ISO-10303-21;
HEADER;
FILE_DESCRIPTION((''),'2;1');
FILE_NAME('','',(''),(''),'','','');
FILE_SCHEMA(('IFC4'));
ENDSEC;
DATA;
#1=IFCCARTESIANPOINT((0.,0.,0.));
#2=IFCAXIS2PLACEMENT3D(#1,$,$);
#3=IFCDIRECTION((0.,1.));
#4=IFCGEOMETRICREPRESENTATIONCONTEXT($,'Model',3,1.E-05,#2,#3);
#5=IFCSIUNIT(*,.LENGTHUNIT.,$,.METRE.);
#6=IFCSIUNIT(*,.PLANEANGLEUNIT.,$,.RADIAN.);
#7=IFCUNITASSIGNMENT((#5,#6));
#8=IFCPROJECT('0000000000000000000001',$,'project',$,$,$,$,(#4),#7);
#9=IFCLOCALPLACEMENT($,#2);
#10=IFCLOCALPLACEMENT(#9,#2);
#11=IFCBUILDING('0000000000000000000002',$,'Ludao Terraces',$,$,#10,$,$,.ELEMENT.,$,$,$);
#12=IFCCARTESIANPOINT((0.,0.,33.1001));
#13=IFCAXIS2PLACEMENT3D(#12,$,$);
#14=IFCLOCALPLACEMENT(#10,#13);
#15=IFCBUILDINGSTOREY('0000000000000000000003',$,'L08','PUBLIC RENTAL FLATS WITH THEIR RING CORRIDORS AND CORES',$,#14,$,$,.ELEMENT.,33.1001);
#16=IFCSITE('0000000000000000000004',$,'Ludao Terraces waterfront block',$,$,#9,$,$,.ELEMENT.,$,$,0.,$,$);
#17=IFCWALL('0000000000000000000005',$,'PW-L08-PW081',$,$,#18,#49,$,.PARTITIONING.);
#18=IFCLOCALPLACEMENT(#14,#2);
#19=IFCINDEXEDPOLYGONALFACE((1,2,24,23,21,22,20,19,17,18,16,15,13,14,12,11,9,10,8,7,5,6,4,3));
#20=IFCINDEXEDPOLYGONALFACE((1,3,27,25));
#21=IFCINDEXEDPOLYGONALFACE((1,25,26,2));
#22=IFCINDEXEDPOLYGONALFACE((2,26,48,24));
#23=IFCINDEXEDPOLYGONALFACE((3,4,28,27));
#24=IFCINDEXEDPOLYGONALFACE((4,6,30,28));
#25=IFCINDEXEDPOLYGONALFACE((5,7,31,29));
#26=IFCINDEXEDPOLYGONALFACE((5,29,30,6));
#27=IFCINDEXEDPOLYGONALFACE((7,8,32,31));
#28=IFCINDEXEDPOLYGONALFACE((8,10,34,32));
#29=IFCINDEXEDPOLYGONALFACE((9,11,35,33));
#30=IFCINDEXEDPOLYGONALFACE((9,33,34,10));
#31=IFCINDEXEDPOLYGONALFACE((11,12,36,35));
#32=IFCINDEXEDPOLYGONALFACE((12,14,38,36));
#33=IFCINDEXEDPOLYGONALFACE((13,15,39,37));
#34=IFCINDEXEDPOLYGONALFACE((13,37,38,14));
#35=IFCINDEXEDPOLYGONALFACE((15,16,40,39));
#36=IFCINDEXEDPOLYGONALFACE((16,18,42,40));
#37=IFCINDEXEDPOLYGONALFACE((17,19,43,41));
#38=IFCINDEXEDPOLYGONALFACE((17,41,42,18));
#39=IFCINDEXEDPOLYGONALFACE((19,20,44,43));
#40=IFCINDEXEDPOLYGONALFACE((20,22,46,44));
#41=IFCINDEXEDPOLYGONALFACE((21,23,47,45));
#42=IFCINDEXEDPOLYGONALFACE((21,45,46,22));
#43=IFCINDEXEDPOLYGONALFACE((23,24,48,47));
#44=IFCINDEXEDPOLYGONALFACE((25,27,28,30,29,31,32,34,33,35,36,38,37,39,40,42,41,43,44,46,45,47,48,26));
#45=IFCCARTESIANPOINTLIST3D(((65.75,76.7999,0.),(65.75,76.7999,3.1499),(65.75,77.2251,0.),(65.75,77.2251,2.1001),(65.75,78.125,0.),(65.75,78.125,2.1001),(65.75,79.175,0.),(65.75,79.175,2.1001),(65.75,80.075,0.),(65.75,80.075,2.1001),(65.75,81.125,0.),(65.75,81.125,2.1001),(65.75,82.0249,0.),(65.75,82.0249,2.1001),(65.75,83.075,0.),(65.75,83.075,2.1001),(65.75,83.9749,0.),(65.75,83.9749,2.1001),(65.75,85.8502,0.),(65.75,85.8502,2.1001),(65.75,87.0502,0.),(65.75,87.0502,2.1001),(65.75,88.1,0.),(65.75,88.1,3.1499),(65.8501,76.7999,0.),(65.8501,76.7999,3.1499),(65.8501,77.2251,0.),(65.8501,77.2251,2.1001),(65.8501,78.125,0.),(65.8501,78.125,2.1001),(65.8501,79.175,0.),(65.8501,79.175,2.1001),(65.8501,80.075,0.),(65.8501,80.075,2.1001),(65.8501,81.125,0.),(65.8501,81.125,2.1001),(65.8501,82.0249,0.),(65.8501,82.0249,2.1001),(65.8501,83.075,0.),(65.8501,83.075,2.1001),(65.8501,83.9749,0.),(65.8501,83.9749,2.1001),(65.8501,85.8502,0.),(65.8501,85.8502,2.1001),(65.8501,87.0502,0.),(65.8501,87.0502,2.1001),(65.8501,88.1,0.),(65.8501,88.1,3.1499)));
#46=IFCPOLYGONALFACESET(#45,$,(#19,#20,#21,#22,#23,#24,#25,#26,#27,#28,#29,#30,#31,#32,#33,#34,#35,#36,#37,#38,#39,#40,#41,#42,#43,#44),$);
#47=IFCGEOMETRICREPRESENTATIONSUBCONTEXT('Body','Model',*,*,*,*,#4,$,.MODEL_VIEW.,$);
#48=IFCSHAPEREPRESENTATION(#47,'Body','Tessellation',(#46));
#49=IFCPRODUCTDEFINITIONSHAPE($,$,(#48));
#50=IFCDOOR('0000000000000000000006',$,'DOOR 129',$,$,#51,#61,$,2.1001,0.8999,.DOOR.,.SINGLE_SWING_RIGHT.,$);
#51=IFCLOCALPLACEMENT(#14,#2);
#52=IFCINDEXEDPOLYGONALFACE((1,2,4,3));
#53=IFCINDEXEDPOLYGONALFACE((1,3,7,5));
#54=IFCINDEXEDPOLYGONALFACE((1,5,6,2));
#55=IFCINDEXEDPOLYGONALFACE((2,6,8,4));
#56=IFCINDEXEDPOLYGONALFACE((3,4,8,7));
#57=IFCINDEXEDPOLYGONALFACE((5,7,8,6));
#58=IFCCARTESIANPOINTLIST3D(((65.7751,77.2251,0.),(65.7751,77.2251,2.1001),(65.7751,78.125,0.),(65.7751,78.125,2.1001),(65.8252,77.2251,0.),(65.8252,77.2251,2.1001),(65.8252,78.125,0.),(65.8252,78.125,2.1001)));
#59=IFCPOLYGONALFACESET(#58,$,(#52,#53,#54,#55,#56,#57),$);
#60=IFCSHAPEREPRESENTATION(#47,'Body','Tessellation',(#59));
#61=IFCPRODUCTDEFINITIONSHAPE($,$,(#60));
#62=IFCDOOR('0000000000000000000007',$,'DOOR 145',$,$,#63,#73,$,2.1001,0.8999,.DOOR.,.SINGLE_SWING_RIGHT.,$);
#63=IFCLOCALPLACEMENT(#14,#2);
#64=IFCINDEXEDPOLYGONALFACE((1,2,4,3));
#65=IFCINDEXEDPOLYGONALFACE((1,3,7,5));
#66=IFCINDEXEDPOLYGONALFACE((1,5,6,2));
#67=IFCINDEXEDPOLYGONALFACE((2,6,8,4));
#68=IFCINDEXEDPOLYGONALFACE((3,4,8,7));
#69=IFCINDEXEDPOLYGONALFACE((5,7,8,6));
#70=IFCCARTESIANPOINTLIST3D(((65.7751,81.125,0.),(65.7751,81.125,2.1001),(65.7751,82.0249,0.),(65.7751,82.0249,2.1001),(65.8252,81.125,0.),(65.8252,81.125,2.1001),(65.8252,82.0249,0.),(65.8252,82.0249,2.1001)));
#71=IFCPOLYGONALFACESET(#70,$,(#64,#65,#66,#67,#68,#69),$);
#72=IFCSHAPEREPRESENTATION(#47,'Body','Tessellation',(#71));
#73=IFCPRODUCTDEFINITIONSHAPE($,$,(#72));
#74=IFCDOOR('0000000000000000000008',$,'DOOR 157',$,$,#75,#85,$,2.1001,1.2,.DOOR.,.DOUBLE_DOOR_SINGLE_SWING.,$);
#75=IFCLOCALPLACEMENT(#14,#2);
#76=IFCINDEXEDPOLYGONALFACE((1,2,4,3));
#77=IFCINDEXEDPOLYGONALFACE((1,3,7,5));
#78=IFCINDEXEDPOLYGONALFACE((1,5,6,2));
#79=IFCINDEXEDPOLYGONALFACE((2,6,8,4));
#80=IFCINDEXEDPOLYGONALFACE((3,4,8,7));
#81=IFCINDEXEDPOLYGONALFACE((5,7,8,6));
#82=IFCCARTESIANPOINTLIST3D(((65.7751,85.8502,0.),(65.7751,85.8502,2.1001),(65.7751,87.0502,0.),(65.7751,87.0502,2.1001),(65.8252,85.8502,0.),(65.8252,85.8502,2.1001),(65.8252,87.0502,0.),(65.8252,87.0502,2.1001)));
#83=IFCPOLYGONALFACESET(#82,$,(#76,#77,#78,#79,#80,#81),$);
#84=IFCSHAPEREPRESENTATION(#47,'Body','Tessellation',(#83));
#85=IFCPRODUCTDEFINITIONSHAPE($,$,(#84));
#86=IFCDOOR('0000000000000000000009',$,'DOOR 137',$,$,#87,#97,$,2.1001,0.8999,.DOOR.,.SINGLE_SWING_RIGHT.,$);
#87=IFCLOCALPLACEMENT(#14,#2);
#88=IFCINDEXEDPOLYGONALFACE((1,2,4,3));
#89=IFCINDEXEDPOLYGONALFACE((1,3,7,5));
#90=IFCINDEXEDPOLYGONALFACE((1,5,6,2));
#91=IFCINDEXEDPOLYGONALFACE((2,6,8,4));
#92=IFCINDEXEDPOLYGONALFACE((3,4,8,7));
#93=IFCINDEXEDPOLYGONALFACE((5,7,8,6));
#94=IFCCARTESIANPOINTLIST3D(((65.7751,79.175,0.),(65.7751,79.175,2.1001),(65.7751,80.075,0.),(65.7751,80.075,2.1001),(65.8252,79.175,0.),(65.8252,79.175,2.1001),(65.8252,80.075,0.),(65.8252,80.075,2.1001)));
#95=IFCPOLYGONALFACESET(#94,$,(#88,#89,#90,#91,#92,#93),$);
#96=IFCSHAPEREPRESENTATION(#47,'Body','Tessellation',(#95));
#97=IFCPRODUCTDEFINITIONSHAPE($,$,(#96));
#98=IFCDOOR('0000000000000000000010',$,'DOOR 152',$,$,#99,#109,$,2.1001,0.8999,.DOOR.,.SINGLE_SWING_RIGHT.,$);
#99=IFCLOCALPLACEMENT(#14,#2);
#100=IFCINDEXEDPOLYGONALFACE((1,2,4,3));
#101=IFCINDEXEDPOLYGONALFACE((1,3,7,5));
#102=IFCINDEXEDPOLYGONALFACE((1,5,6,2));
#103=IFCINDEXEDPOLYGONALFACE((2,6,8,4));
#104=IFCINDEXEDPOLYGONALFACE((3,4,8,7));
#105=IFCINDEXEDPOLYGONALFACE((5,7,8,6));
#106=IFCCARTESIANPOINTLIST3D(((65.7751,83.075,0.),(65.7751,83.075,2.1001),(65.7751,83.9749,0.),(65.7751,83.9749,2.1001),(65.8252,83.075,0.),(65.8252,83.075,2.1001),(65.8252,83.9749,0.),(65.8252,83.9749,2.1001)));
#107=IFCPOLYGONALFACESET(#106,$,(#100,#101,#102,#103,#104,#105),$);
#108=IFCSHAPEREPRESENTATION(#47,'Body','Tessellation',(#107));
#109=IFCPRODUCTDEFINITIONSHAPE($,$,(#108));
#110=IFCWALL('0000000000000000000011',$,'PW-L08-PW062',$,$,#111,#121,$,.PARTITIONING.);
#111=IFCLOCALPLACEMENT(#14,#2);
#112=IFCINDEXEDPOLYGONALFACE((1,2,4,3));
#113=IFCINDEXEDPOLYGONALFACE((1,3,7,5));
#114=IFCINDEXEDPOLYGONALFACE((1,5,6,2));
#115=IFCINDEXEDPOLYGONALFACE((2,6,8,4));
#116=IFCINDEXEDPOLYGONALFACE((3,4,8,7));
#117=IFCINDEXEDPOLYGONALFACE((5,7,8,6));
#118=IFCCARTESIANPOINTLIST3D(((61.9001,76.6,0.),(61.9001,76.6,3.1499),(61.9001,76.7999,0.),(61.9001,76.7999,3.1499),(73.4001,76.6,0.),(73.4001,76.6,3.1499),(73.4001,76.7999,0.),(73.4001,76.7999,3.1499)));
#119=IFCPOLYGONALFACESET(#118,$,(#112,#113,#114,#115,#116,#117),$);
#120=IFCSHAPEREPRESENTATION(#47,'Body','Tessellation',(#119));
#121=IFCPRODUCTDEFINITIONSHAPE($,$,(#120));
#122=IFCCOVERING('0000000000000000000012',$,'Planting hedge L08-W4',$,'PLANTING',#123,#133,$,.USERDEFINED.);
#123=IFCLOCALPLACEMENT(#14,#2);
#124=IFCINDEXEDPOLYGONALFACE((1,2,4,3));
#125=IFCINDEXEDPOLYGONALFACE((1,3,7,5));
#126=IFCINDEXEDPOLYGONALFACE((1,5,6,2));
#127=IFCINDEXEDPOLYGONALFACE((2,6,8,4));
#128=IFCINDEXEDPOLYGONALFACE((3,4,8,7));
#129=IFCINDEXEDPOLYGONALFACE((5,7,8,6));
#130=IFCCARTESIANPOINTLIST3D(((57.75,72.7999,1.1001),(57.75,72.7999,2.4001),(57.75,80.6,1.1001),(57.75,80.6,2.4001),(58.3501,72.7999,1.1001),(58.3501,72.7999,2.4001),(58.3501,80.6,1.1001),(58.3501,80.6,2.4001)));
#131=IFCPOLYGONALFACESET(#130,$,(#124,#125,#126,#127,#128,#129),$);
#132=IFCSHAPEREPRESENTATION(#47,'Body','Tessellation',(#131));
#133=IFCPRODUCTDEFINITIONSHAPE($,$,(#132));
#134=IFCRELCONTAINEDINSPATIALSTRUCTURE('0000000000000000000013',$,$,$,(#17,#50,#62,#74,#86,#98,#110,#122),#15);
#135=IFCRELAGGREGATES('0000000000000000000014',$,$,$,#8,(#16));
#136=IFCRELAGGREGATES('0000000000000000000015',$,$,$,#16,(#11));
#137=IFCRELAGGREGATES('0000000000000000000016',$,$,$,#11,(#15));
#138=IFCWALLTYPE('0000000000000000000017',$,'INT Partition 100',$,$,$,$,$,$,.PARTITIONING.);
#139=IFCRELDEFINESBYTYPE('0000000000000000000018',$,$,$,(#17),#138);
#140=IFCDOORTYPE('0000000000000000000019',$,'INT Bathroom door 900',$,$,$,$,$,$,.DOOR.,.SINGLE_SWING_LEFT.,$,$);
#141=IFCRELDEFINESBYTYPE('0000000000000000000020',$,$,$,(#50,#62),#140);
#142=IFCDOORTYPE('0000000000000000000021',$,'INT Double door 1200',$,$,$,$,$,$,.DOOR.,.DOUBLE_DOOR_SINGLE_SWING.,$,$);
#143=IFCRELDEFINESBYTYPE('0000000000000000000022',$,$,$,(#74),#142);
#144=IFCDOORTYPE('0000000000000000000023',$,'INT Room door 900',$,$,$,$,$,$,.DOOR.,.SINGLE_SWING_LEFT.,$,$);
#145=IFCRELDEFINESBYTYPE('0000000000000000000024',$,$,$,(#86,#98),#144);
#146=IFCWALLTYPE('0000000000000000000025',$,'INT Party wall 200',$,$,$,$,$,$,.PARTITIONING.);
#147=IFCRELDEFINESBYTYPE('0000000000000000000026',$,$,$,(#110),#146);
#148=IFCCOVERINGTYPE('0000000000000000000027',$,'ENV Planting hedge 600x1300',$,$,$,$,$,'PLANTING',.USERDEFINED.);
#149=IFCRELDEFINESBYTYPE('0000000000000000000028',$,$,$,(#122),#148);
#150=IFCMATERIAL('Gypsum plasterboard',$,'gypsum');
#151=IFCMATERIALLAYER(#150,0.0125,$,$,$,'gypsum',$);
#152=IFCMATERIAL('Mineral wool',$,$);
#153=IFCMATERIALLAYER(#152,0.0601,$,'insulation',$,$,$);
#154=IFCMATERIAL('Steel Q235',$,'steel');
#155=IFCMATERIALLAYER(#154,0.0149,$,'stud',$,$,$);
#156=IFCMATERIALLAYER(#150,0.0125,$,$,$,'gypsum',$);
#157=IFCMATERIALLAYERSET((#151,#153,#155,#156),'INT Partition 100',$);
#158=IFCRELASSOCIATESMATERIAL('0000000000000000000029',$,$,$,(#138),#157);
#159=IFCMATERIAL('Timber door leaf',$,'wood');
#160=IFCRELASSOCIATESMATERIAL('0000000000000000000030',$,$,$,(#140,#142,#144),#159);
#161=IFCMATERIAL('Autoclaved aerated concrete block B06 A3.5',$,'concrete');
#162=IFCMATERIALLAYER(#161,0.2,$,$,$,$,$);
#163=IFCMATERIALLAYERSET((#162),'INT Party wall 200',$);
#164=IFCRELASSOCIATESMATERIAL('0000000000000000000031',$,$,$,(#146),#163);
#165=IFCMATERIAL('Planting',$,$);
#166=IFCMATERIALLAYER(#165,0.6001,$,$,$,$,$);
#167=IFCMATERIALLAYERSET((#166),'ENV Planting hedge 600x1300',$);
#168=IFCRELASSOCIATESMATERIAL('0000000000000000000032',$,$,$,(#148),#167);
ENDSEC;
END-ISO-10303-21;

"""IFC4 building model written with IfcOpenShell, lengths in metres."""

from ifc_helpers import new_model, si_unit, direction, frame, frame_2d, origin, origin_2d, place, context, subcontext, project, spatial, rectangle, extrude, material, layer, layer_set, type_object, element, fill, save


model = new_model("IFC4")

# Units and contexts
model_context = context("Model", 3, precision=1e-05, world=origin(), true_north=direction((0.0, 1.0)))
body_context = subcontext(model_context, "Body", "Model", "MODEL_VIEW")
ifc_project = project(units=[si_unit("LENGTHUNIT", "METRE"), si_unit("PLANEANGLEUNIT", "RADIAN")], contexts=[model_context])

# Site, building, storey
site_placement = place(None, origin())
site = spatial("IfcSite", under=ifc_project, at=site_placement, Name="Ludao Terraces waterfront block", CompositionType="ELEMENT", RefElevation=0.0)
building_placement = place(site_placement, origin())
building = spatial("IfcBuilding", under=site, at=building_placement, Name="Ludao Terraces", CompositionType="ELEMENT")
storey_placement = place(building_placement, frame((0.0, 0.0, 33.1001)))
storey = spatial("IfcBuildingStorey", under=building, at=storey_placement, Name="L08", Description="PUBLIC RENTAL FLATS WITH THEIR RING CORRIDORS AND CORES", CompositionType="ELEMENT", Elevation=33.1001)

# Shared definitions
ifc_material_1 = material(Name="Mineral wool")

# Shared definitions
ifc_material_2 = material(Name="Gypsum plasterboard", Category="gypsum")
ifc_layer_1 = layer(ifc_material_2, 0.0125, Category="gypsum")
ifc_layer_2 = layer(ifc_material_1, 0.0601, Name="insulation")
ifc_material_3 = material(Name="Steel Q235", Category="steel")
ifc_layer_3 = layer(ifc_material_3, 0.0149, Name="stud")
ifc_layer_4 = layer(ifc_material_2, 0.0125, Category="gypsum")
ifc_layer_set_1 = layer_set([ifc_layer_1, ifc_layer_2, ifc_layer_3, ifc_layer_4], Name="INT Partition 100")
wall_type_1 = type_object("IfcWallType", Name="INT Partition 100", PredefinedType="PARTITIONING", material=ifc_layer_set_1)

# Wall, openings, doors
wall_1_placement = place(storey_placement, frame((65.8, 76.8, 0.0), z_axis=(0.0, 0.0, 1.0), x_axis=(0.0, 1.0, 0.0)))
wall_1 = element("IfcWall", 1, at=wall_1_placement, inside=storey, type_object=wall_type_1, Name="PW-L08-PW081", PredefinedType="PARTITIONING", context=body_context, shape_type="SweptSolid", body=[
    extrude(rectangle(XDim=11.3, YDim=0.1001, at=frame_2d((5.6499, 0.0))), origin(), (0.0, 0.0, 1.0), 3.1499),
])
opening_1_placement = place(wall_1_placement, frame((0.425, 0.0, 0.0)))
opening_1 = element("IfcOpeningElement", 2, at=opening_1_placement, cuts=wall_1, PredefinedType="OPENING", context=body_context, shape_type="SweptSolid", body=[
    extrude(rectangle(XDim=0.8999, YDim=2.1001, at=frame_2d((0.45, 1.05))), frame((0.0, 0.0601, 0.0), z_axis=(0.0, -1.0, 0.0), x_axis=(1.0, 0.0, 0.0)), (0.0, 0.0, 1.0), 0.1201),
])
opening_2_placement = place(wall_1_placement, frame((2.375, 0.0, 0.0)))
opening_2 = element("IfcOpeningElement", 3, at=opening_2_placement, cuts=wall_1, PredefinedType="OPENING", context=body_context, shape_type="SweptSolid", body=[
    extrude(rectangle(XDim=0.8999, YDim=2.1001, at=frame_2d((0.45, 1.05))), frame((0.0, 0.0601, 0.0), z_axis=(0.0, -1.0, 0.0), x_axis=(1.0, 0.0, 0.0)), (0.0, 0.0, 1.0), 0.1201),
])
opening_3_placement = place(wall_1_placement, frame((4.325, 0.0, 0.0)))
opening_3 = element("IfcOpeningElement", 4, at=opening_3_placement, cuts=wall_1, PredefinedType="OPENING", context=body_context, shape_type="SweptSolid", body=[
    extrude(rectangle(XDim=0.8999, YDim=2.1001, at=frame_2d((0.45, 1.05))), frame((0.0, 0.0601, 0.0), z_axis=(0.0, -1.0, 0.0), x_axis=(1.0, 0.0, 0.0)), (0.0, 0.0, 1.0), 0.1201),
])
opening_4_placement = place(wall_1_placement, frame((6.2749, 0.0, 0.0)))
opening_4 = element("IfcOpeningElement", 5, at=opening_4_placement, cuts=wall_1, PredefinedType="OPENING", context=body_context, shape_type="SweptSolid", body=[
    extrude(rectangle(XDim=0.8999, YDim=2.1001, at=frame_2d((0.45, 1.05))), frame((0.0, 0.0601, 0.0), z_axis=(0.0, -1.0, 0.0), x_axis=(1.0, 0.0, 0.0)), (0.0, 0.0, 1.0), 0.1201),
])
opening_5_placement = place(wall_1_placement, frame((9.05, 0.0, 0.0)))
opening_5 = element("IfcOpeningElement", 6, at=opening_5_placement, cuts=wall_1, PredefinedType="OPENING", context=body_context, shape_type="SweptSolid", body=[
    extrude(rectangle(XDim=1.2, YDim=2.1001, at=frame_2d((0.6001, 1.05))), frame((0.0, 0.0601, 0.0), z_axis=(0.0, -1.0, 0.0), x_axis=(1.0, 0.0, 0.0)), (0.0, 0.0, 1.0), 0.1201),
])
ifc_material_4 = material(Name="Timber door leaf", Category="wood")
door_type_1 = type_object("IfcDoorType", Name="INT Bathroom door 900", OperationType="SINGLE_SWING_LEFT", PredefinedType="DOOR", material=ifc_material_4)
door_1_placement = place(opening_1_placement, origin())
door_1 = element("IfcDoor", 7, at=door_1_placement, inside=storey, type_object=door_type_1, Name="DOOR 129", OperationType="SINGLE_SWING_RIGHT", OverallHeight=2.1001, OverallWidth=0.8999, PredefinedType="DOOR", context=body_context, shape_type="SweptSolid", body=[
    extrude(rectangle(XDim=0.8999, YDim=2.1001, at=frame_2d((0.45, 1.05))), frame((0.0, 0.0249, 0.0), z_axis=(0.0, -1.0, 0.0), x_axis=(1.0, 0.0, 0.0)), (0.0, 0.0, 1.0), 0.05),
])
fill(opening_1, door_1)
door_2_placement = place(opening_3_placement, origin())
door_2 = element("IfcDoor", 8, at=door_2_placement, inside=storey, type_object=door_type_1, Name="DOOR 145", OperationType="SINGLE_SWING_RIGHT", OverallHeight=2.1001, OverallWidth=0.8999, PredefinedType="DOOR", context=body_context, shape_type="SweptSolid", body=[
    extrude(rectangle(XDim=0.8999, YDim=2.1001, at=frame_2d((0.45, 1.05))), frame((0.0, 0.0249, 0.0), z_axis=(0.0, -1.0, 0.0), x_axis=(1.0, 0.0, 0.0)), (0.0, 0.0, 1.0), 0.05),
])
fill(opening_3, door_2)
door_type_2 = type_object("IfcDoorType", Name="INT Double door 1200", OperationType="DOUBLE_DOOR_SINGLE_SWING", PredefinedType="DOOR", material=ifc_material_4)
door_3_placement = place(opening_5_placement, origin())
door_3 = element("IfcDoor", 9, at=door_3_placement, inside=storey, type_object=door_type_2, Name="DOOR 157", OperationType="DOUBLE_DOOR_SINGLE_SWING", OverallHeight=2.1001, OverallWidth=1.2, PredefinedType="DOOR", context=body_context, shape_type="SweptSolid", body=[
    extrude(rectangle(XDim=1.2, YDim=2.1001, at=frame_2d((0.6001, 1.05))), frame((0.0, 0.0249, 0.0), z_axis=(0.0, -1.0, 0.0), x_axis=(1.0, 0.0, 0.0)), (0.0, 0.0, 1.0), 0.05),
])
fill(opening_5, door_3)
door_type_3 = type_object("IfcDoorType", Name="INT Room door 900", OperationType="SINGLE_SWING_LEFT", PredefinedType="DOOR", material=ifc_material_4)
door_4_placement = place(opening_2_placement, origin())
door_4 = element("IfcDoor", 10, at=door_4_placement, inside=storey, type_object=door_type_3, Name="DOOR 137", OperationType="SINGLE_SWING_RIGHT", OverallHeight=2.1001, OverallWidth=0.8999, PredefinedType="DOOR", context=body_context, shape_type="SweptSolid", body=[
    extrude(rectangle(XDim=0.8999, YDim=2.1001, at=frame_2d((0.45, 1.05))), frame((0.0, 0.0249, 0.0), z_axis=(0.0, -1.0, 0.0), x_axis=(1.0, 0.0, 0.0)), (0.0, 0.0, 1.0), 0.05),
])
fill(opening_2, door_4)
door_5_placement = place(opening_4_placement, origin())
door_5 = element("IfcDoor", 11, at=door_5_placement, inside=storey, type_object=door_type_3, Name="DOOR 152", OperationType="SINGLE_SWING_RIGHT", OverallHeight=2.1001, OverallWidth=0.8999, PredefinedType="DOOR", context=body_context, shape_type="SweptSolid", body=[
    extrude(rectangle(XDim=0.8999, YDim=2.1001, at=frame_2d((0.45, 1.05))), frame((0.0, 0.0249, 0.0), z_axis=(0.0, -1.0, 0.0), x_axis=(1.0, 0.0, 0.0)), (0.0, 0.0, 1.0), 0.05),
])
fill(opening_4, door_5)

# Wall
ifc_material_5 = material(Name="Autoclaved aerated concrete block B06 A3.5", Category="concrete")
ifc_layer_5 = layer(ifc_material_5, 0.2)
ifc_layer_set_2 = layer_set([ifc_layer_5], Name="INT Party wall 200")
wall_type_2 = type_object("IfcWallType", Name="INT Party wall 200", PredefinedType="PARTITIONING", material=ifc_layer_set_2)
wall_2_placement = place(storey_placement, frame((61.9001, 76.7, 0.0), z_axis=(0.0, 0.0, 1.0), x_axis=(1.0, 0.0, 0.0)))
element("IfcWall", 12, at=wall_2_placement, inside=storey, type_object=wall_type_2, Name="PW-L08-PW062", PredefinedType="PARTITIONING", context=body_context, shape_type="SweptSolid", body=[
    extrude(rectangle(XDim=11.5, YDim=0.2, at=frame_2d((5.75, 0.0))), origin(), (0.0, 0.0, 1.0), 3.1499),
])

# Covering
ifc_material_6 = material(Name="Planting")
ifc_layer_6 = layer(ifc_material_6, 0.6001)
ifc_layer_set_3 = layer_set([ifc_layer_6], Name="ENV Planting hedge 600x1300")
covering_type = type_object("IfcCoveringType", Name="ENV Planting hedge 600x1300", ElementType="PLANTING", PredefinedType="USERDEFINED", material=ifc_layer_set_3)
covering_placement = place(storey_placement, frame((58.05, 76.7, 1.1001), z_axis=(0.0, 0.0, 1.0), x_axis=(1.0, 0.0, 0.0)))
element("IfcCovering", 13, at=covering_placement, inside=storey, type_object=covering_type, Name="Planting hedge L08-W4", ObjectType="PLANTING", PredefinedType="USERDEFINED", context=body_context, shape_type="SweptSolid", body=[
    extrude(rectangle(XDim=0.6001, YDim=7.8, at=origin_2d()), origin(), (0.0, 0.0, 1.0), 1.3),
])

save(model, "model.ifc")
